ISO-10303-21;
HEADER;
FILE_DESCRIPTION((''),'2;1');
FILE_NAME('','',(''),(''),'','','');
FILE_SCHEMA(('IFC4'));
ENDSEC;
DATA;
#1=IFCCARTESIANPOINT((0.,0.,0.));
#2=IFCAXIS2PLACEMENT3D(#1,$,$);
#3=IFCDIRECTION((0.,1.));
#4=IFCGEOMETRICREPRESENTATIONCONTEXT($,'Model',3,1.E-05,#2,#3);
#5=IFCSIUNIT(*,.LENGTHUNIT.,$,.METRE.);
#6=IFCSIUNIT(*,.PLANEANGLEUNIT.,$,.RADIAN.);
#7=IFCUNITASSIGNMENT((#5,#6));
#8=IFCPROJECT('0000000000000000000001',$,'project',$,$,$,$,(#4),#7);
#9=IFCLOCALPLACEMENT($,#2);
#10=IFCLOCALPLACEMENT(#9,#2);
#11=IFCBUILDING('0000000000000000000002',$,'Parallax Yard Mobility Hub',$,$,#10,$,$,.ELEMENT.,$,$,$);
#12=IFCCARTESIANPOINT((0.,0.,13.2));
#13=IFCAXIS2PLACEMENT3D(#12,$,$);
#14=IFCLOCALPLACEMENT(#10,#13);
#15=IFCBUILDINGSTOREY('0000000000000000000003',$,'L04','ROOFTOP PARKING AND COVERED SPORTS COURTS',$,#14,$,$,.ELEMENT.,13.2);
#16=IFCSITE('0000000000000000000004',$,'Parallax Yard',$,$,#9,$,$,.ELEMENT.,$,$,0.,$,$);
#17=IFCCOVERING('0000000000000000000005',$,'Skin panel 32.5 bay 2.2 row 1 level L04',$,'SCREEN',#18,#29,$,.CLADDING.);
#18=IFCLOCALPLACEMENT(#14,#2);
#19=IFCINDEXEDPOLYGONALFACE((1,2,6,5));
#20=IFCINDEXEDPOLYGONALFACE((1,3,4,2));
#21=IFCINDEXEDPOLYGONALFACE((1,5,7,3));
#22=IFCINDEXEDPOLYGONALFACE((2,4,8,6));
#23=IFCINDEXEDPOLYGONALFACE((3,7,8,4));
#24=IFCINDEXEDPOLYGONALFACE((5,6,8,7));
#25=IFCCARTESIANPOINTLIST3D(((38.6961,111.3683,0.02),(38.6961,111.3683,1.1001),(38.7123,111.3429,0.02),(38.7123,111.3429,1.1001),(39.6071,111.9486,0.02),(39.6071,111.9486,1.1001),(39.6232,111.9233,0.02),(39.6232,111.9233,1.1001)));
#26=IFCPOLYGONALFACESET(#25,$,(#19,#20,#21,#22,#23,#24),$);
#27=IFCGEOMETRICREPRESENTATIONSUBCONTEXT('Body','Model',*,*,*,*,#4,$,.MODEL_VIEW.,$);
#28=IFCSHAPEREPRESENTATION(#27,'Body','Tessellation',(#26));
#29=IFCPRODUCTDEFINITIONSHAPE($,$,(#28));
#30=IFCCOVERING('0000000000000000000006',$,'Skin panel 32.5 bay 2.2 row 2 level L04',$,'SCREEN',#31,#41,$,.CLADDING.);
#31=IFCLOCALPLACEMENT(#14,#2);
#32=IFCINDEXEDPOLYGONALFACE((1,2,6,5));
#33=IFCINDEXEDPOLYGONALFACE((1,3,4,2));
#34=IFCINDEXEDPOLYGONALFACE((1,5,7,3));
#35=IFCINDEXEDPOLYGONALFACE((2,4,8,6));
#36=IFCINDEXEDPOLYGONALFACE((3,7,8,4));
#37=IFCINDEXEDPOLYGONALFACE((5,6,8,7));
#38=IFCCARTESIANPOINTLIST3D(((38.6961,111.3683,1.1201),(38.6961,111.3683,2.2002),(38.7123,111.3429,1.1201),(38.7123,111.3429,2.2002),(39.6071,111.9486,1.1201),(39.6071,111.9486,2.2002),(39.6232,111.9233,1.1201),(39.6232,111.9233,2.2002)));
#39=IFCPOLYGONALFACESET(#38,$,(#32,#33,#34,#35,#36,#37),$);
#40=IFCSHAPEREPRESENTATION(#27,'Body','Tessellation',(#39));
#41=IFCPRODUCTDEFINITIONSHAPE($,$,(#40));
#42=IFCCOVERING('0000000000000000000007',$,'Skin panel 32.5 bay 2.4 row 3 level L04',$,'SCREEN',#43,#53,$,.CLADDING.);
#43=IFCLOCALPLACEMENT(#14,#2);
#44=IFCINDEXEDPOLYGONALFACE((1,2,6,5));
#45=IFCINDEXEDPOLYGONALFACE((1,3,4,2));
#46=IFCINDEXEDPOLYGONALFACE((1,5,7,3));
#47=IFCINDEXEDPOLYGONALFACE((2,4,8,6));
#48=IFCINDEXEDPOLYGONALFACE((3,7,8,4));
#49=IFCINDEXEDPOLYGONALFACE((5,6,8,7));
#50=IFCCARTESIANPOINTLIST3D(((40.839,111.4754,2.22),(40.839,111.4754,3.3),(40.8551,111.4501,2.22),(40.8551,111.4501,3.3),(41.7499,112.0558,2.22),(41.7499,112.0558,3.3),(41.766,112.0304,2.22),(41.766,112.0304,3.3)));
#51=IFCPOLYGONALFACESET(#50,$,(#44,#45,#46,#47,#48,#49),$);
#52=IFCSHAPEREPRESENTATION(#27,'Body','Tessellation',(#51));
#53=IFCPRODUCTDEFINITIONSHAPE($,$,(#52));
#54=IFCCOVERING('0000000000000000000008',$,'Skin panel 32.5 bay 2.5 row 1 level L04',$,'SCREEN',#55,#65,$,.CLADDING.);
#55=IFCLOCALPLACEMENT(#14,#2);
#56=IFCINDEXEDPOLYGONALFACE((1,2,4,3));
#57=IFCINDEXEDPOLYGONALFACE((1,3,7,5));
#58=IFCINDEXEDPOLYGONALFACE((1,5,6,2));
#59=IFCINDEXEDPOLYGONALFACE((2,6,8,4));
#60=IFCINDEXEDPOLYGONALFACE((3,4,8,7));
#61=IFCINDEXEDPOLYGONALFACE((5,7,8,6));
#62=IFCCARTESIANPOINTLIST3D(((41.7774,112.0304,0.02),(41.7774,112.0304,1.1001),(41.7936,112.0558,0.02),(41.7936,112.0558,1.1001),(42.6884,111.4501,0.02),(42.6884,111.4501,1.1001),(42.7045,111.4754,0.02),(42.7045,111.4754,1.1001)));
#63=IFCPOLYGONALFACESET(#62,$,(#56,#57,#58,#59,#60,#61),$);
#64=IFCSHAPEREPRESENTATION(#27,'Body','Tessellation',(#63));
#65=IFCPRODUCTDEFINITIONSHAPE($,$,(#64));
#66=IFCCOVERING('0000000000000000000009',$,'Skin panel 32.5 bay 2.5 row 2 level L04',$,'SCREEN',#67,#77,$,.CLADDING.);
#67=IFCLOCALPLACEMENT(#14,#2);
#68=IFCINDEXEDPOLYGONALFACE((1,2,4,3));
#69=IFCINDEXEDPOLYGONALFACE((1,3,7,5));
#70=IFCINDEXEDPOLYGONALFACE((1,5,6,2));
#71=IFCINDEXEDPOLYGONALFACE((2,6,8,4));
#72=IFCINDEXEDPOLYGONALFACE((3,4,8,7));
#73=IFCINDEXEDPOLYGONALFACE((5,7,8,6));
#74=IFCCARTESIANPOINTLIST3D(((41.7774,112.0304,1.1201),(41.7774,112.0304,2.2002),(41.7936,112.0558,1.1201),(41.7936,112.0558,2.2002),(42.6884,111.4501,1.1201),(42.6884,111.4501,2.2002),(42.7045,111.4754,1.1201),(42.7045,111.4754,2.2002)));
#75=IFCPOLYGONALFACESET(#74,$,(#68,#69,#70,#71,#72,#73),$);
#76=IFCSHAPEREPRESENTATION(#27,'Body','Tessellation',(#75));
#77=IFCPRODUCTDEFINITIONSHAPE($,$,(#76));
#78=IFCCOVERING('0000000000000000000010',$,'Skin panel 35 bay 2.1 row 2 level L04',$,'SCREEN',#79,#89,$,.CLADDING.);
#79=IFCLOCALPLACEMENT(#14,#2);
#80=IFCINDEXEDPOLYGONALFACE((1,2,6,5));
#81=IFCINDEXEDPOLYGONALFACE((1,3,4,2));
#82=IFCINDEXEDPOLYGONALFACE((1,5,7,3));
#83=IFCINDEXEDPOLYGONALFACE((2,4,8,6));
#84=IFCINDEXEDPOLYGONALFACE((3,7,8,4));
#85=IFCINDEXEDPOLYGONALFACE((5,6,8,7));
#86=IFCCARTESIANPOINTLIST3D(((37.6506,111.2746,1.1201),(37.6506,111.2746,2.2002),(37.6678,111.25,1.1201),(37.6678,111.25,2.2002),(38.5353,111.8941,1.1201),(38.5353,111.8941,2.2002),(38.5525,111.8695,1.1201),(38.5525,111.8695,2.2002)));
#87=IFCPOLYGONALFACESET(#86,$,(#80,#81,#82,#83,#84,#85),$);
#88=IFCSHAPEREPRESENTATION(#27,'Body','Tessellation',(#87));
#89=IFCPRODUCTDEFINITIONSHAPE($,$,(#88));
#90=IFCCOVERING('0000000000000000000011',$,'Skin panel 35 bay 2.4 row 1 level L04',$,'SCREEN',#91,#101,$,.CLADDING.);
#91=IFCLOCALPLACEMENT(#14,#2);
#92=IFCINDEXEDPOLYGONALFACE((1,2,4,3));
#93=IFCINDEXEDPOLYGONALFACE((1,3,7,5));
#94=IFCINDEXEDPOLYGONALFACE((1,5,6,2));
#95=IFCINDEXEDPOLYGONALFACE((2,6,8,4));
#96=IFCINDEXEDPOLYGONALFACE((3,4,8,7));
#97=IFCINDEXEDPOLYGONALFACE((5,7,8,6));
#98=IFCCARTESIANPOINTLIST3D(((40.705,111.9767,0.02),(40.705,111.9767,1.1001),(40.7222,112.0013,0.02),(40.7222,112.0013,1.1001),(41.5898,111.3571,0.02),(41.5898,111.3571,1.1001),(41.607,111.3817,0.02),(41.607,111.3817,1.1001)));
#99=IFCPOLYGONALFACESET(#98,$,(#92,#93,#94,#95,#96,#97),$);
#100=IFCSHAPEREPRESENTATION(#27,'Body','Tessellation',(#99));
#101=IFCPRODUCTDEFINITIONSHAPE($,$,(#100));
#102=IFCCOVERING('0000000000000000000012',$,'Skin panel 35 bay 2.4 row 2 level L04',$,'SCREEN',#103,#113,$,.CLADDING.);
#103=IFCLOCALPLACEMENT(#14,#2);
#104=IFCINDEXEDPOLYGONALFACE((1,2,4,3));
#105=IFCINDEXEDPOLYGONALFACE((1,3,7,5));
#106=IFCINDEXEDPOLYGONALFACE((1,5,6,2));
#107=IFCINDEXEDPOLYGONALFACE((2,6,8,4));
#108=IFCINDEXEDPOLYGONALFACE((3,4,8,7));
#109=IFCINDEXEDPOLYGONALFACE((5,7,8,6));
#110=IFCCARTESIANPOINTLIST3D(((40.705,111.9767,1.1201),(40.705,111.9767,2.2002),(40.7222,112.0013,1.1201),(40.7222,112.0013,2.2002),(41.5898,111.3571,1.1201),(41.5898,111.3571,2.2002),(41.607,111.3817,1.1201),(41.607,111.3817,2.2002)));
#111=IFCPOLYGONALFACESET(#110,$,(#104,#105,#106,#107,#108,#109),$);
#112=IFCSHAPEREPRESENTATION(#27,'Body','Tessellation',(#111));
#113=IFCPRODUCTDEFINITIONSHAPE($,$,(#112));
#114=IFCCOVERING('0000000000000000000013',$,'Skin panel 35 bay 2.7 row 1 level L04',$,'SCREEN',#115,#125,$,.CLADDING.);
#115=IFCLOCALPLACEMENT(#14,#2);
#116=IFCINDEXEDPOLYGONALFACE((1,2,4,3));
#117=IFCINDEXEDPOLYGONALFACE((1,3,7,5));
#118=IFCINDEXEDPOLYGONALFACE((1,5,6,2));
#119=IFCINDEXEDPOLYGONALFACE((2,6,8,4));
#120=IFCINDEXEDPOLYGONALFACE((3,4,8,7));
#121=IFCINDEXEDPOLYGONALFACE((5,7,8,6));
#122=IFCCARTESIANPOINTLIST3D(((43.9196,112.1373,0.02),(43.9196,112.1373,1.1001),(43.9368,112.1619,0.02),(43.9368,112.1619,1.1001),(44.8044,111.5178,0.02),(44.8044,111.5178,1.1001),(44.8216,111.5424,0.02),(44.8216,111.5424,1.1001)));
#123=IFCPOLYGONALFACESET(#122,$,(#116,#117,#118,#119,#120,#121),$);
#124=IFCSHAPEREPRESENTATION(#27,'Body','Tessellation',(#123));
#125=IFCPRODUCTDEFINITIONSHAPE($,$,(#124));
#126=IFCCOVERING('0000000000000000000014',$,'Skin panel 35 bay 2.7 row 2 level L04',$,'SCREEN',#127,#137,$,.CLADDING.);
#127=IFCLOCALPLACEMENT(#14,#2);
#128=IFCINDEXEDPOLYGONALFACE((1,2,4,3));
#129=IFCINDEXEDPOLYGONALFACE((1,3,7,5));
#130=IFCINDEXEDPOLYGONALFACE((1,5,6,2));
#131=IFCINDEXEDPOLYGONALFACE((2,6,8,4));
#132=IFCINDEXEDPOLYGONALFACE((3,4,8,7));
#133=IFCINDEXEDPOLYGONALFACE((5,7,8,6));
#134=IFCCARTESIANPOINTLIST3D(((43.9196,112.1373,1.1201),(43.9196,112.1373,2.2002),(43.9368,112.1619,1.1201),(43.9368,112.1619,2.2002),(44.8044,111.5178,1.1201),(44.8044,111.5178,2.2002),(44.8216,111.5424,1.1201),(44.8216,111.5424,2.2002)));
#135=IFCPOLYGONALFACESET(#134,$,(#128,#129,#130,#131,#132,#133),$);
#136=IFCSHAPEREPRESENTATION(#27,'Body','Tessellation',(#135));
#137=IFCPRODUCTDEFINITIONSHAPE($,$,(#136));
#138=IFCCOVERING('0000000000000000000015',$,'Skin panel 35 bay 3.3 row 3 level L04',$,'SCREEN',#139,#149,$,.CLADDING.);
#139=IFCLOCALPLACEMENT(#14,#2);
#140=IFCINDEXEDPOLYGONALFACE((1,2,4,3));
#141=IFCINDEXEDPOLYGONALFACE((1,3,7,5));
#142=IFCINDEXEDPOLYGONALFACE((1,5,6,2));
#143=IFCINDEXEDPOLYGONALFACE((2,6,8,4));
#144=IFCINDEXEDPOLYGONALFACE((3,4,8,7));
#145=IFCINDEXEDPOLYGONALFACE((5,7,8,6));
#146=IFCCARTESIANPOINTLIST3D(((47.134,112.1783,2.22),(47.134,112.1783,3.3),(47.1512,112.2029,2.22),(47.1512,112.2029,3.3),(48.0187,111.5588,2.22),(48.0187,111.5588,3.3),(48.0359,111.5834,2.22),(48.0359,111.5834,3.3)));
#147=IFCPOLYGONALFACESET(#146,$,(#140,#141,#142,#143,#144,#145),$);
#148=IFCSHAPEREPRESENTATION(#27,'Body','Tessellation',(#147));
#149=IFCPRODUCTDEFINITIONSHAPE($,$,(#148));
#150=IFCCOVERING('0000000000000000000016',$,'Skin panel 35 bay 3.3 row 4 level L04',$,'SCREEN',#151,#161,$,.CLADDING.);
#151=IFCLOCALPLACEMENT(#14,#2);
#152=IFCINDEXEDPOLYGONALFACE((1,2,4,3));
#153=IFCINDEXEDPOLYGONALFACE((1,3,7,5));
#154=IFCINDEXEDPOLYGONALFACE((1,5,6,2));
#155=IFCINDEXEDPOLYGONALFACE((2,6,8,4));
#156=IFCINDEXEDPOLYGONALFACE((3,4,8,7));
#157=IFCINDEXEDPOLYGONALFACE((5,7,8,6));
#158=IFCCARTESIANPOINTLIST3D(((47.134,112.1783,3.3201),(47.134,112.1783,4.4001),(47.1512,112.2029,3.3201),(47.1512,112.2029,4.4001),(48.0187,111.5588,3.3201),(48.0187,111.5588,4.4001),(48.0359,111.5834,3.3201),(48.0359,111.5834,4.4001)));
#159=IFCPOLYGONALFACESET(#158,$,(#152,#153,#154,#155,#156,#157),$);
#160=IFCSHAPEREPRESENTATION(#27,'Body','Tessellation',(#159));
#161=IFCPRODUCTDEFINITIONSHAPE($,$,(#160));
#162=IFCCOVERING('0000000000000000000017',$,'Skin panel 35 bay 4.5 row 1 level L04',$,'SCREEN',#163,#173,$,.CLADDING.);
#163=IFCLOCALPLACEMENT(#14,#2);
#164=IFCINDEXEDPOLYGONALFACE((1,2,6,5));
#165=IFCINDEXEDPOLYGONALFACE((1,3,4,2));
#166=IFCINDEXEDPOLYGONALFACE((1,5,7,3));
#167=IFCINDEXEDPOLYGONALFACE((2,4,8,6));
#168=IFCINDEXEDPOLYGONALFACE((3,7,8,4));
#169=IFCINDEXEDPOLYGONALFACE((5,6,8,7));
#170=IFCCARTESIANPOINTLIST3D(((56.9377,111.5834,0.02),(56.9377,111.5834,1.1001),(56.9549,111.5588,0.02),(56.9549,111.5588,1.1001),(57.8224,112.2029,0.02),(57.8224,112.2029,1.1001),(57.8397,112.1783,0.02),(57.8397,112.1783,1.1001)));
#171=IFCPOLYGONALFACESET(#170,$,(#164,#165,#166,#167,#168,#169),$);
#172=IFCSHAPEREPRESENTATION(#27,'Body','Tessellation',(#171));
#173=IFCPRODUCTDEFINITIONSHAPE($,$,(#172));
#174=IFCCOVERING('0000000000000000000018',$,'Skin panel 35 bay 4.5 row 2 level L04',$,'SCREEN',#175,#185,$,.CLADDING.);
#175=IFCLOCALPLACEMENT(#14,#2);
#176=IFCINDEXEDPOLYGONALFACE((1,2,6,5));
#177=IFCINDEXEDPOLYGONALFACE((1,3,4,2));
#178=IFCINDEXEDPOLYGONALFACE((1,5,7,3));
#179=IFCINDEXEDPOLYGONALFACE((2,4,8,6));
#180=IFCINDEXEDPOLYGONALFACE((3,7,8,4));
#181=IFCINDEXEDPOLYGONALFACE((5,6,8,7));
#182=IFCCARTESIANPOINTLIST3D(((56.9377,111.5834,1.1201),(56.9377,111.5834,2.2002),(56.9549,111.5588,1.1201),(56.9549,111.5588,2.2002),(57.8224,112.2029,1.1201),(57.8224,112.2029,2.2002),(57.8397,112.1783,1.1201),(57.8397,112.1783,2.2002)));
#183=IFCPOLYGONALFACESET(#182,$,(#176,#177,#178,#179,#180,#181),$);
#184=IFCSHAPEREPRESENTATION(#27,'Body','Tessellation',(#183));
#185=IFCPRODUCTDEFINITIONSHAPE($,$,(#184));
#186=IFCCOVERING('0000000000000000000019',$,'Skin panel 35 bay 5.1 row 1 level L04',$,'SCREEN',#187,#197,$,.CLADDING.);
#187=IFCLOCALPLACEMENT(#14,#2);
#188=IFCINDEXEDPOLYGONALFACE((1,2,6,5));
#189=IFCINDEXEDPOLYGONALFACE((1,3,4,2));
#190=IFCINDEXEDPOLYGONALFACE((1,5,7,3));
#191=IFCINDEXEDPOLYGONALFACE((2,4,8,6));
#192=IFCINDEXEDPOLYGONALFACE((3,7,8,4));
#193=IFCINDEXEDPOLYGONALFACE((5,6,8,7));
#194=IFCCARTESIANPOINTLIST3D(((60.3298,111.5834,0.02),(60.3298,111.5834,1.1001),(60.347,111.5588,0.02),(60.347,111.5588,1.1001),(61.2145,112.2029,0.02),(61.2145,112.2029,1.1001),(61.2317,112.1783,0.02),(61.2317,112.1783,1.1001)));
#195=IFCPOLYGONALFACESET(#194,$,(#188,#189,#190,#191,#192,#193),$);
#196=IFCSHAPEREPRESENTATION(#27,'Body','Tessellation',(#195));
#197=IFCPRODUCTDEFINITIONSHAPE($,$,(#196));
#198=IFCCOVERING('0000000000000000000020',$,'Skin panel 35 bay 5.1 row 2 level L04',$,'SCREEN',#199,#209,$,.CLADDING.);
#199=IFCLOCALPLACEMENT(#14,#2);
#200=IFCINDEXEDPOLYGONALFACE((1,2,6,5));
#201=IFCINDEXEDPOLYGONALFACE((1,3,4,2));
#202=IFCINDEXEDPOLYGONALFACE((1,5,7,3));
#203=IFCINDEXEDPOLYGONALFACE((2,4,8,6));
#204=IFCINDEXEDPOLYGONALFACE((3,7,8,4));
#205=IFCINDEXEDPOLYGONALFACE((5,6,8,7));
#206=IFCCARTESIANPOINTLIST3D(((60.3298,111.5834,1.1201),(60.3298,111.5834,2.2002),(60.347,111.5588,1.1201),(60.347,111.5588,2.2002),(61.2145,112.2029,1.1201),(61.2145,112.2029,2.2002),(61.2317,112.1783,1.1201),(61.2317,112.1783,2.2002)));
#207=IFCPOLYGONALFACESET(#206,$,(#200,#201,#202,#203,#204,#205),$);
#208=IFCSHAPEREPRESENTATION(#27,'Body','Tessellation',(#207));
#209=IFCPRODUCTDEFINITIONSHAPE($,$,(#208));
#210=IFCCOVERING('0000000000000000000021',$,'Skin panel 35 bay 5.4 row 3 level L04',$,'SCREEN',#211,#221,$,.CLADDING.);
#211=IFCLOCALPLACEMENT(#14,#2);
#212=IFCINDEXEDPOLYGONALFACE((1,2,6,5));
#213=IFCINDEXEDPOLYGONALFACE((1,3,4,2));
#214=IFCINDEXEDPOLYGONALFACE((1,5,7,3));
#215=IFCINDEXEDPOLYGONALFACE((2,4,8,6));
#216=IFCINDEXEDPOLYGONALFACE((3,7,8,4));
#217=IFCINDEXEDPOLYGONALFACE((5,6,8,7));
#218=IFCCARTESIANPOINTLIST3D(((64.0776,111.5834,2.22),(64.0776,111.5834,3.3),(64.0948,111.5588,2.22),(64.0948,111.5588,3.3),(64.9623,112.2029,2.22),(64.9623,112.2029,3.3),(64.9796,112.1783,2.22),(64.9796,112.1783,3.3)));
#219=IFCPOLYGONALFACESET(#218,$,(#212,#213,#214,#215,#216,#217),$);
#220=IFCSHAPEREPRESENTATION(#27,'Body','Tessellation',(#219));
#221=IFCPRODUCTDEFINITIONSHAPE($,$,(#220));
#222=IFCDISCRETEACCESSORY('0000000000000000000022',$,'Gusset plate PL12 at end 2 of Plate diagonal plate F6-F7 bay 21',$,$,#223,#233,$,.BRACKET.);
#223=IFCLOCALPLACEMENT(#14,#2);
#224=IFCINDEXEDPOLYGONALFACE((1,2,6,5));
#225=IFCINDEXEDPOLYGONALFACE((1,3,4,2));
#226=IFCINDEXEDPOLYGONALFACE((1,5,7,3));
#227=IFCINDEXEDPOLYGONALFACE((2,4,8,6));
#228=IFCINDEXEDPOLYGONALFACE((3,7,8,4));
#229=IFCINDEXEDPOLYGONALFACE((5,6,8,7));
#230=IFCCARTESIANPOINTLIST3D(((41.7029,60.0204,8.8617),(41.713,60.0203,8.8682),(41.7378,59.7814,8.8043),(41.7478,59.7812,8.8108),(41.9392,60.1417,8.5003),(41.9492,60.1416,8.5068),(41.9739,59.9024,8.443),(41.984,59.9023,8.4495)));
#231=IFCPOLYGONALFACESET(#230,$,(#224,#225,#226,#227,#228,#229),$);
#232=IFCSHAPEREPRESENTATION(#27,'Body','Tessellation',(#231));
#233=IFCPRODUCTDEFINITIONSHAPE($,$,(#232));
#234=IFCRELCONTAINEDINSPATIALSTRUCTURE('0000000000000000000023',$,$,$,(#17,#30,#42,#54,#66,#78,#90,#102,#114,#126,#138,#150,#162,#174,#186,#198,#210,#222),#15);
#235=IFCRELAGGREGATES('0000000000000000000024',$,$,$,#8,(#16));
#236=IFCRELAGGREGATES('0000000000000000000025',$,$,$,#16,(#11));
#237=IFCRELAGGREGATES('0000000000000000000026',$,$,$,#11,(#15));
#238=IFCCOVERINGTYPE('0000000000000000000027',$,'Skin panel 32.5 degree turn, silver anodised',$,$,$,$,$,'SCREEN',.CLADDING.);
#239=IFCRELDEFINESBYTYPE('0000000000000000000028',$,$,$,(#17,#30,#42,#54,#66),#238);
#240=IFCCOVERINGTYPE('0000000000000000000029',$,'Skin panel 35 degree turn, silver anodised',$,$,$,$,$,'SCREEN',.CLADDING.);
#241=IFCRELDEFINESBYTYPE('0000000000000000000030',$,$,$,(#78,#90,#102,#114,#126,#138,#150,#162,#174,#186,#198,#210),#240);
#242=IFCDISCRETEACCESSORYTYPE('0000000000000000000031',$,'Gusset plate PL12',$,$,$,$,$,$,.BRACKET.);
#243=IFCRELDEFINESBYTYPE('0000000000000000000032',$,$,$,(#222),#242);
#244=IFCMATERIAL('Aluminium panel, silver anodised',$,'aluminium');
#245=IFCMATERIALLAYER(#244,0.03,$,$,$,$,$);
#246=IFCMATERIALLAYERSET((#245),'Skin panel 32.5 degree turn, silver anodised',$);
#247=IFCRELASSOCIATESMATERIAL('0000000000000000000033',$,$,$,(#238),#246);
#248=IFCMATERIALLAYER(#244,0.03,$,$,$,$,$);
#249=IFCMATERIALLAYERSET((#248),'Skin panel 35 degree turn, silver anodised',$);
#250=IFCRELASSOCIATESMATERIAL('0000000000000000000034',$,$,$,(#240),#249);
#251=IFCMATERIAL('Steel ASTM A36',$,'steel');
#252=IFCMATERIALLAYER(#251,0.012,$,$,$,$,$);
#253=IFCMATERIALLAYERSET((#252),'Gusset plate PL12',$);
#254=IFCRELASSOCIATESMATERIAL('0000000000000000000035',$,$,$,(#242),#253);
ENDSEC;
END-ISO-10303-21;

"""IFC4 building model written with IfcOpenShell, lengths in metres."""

from ifc_helpers import new_model, si_unit, direction, frame, origin, origin_2d, place, context, subcontext, project, spatial, polyline, rectangle, outline, extrude, material, layer, layer_set, type_object, element, save


model = new_model("IFC4")

# Units and contexts
model_context = context("Model", 3, precision=1e-05, world=origin(), true_north=direction((0.0, 1.0)))
body_context = subcontext(model_context, "Body", "Model", "MODEL_VIEW")
ifc_project = project(units=[si_unit("LENGTHUNIT", "METRE"), si_unit("PLANEANGLEUNIT", "RADIAN")], contexts=[model_context])

# Site, building, storey
site_placement = place(None, origin())
site = spatial("IfcSite", under=ifc_project, at=site_placement, Name="Parallax Yard", CompositionType="ELEMENT", RefElevation=0.0)
building_placement = place(site_placement, origin())
building = spatial("IfcBuilding", under=site, at=building_placement, Name="Parallax Yard Mobility Hub", CompositionType="ELEMENT")
storey_placement = place(building_placement, frame((0.0, 0.0, 13.2)))
storey = spatial("IfcBuildingStorey", under=building, at=storey_placement, Name="L04", Description="ROOFTOP PARKING AND COVERED SPORTS COURTS", CompositionType="ELEMENT", Elevation=13.2)

# Coverings
ifc_material_1 = material(Name="Aluminium panel, silver anodised", Category="aluminium")
ifc_layer_1 = layer(ifc_material_1, 0.03)
ifc_layer_set_1 = layer_set([ifc_layer_1], Name="Skin panel 32.5 degree turn, silver anodised")
covering_type_1 = type_object("IfcCoveringType", Name="Skin panel 32.5 degree turn, silver anodised", ElementType="SCREEN", PredefinedType="CLADDING", material=ifc_layer_set_1)
for number, where, z_axis, x_axis, name in (
    (1, (39.1597, 111.6458, 0.02), (0.0, 0.0, 1.0), (-0.843391, -0.5373, 0.0), "Skin panel 32.5 bay 2.2 row 1 level L04"),
    (2, (39.1597, 111.6458, 1.1201), (0.0, 0.0, 1.0), (-0.843391, -0.5373, 0.0), "Skin panel 32.5 bay 2.2 row 2 level L04"),
    (3, (41.3025, 111.7529, 2.22), (0.0, 0.0, 1.0), (-0.843391, -0.5373, 0.0), "Skin panel 32.5 bay 2.4 row 3 level L04"),
    (4, (42.241, 111.7529, 0.02), (0.0, 0.0, 1.0), (0.843391, -0.5373, 0.0), "Skin panel 32.5 bay 2.5 row 1 level L04"),
    (5, (42.241, 111.7529, 1.1201), (0.0, 0.0, 1.0), (0.843391, -0.5373, 0.0), "Skin panel 32.5 bay 2.5 row 2 level L04"),
):
    element("IfcCovering", number, at=place(storey_placement, frame(where, z_axis=z_axis, x_axis=x_axis)), inside=storey, type_object=covering_type_1, Name=name, ObjectType="SCREEN", PredefinedType="CLADDING", context=body_context, shape_type="SweptSolid", body=[
        extrude(rectangle(XDim=1.0801, YDim=0.03, at=origin_2d()), origin(), (0.0, 0.0, 1.0), 1.0801),
    ])
ifc_layer_2 = layer(ifc_material_1, 0.03)
ifc_layer_set_2 = layer_set([ifc_layer_2], Name="Skin panel 35 degree turn, silver anodised")
covering_type_2 = type_object("IfcCoveringType", Name="Skin panel 35 degree turn, silver anodised", ElementType="SCREEN", PredefinedType="CLADDING", material=ifc_layer_set_2)
for number, where, z_axis, x_axis, name in (
    (6, (38.1016, 111.572, 1.1201), (0.0, 0.0, 1.0), (-0.819152, -0.573576, 0.0), "Skin panel 35 bay 2.1 row 2 level L04"),
    (7, (41.156, 111.6792, 0.02), (0.0, 0.0, 1.0), (0.819152, -0.573576, 0.0), "Skin panel 35 bay 2.4 row 1 level L04"),
    (8, (41.156, 111.6792, 1.1201), (0.0, 0.0, 1.0), (0.819152, -0.573576, 0.0), "Skin panel 35 bay 2.4 row 2 level L04"),
    (9, (44.3706, 111.8398, 0.02), (0.0, 0.0, 1.0), (0.819152, -0.573576, 0.0), "Skin panel 35 bay 2.7 row 1 level L04"),
    (10, (44.3706, 111.8398, 1.1201), (0.0, 0.0, 1.0), (0.819152, -0.573576, 0.0), "Skin panel 35 bay 2.7 row 2 level L04"),
    (11, (47.585, 111.8809, 2.22), (0.0, 0.0, 1.0), (0.819152, -0.573576, 0.0), "Skin panel 35 bay 3.3 row 3 level L04"),
    (12, (47.585, 111.8809, 3.3201), (0.0, 0.0, 1.0), (0.819152, -0.573576, 0.0), "Skin panel 35 bay 3.3 row 4 level L04"),
    (13, (57.3887, 111.8809, 0.02), (0.0, 0.0, 1.0), (-0.819152, -0.573576, 0.0), "Skin panel 35 bay 4.5 row 1 level L04"),
    (14, (57.3887, 111.8809, 1.1201), (0.0, 0.0, 1.0), (-0.819152, -0.573576, 0.0), "Skin panel 35 bay 4.5 row 2 level L04"),
    (15, (60.7808, 111.8809, 0.02), (0.0, 0.0, 1.0), (-0.819152, -0.573576, 0.0), "Skin panel 35 bay 5.1 row 1 level L04"),
    (16, (60.7808, 111.8809, 1.1201), (0.0, 0.0, 1.0), (-0.819152, -0.573576, 0.0), "Skin panel 35 bay 5.1 row 2 level L04"),
    (17, (64.5286, 111.8809, 2.22), (0.0, 0.0, 1.0), (-0.819152, -0.573576, 0.0), "Skin panel 35 bay 5.4 row 3 level L04"),
):
    element("IfcCovering", number, at=place(storey_placement, frame(where, z_axis=z_axis, x_axis=x_axis)), inside=storey, type_object=covering_type_2, Name=name, ObjectType="SCREEN", PredefinedType="CLADDING", context=body_context, shape_type="SweptSolid", body=[
        extrude(rectangle(XDim=1.0801, YDim=0.03, at=origin_2d()), origin(), (0.0, 0.0, 1.0), 1.0801),
    ])

# Discrete accessory
ifc_material_2 = material(Name="Steel ASTM A36", Category="steel")
ifc_layer_3 = layer(ifc_material_2, 0.012)
ifc_layer_set_3 = layer_set([ifc_layer_3], Name="Gusset plate PL12")
discrete_accessory_type = type_object("IfcDiscreteAccessoryType", Name="Gusset plate PL12", PredefinedType="BRACKET", material=ifc_layer_set_3)
discrete_accessory_1_placement = place(storey_placement, frame((41.7478, 59.7812, 8.8108), z_axis=(0.838338, -0.008811, 0.545079), x_axis=(0.52683, 0.270126, -0.805904)))
element("IfcDiscreteAccessory", 18, at=discrete_accessory_1_placement, inside=storey, type_object=discrete_accessory_type, Name="Gusset plate PL12 at end 2 of Plate diagonal plate F6-F7 bay 21", PredefinedType="BRACKET", context=body_context, shape_type="SweptSolid", body=[
    extrude(outline(polyline([(0.0, 0.0), (0.4483, 0.0), (0.4484, 0.2485), (-0.0001, 0.2483), (0.0, 0.0)])), origin(), (0.0, 0.0, -1.0), 0.012),
])

save(model, "model.ifc")
